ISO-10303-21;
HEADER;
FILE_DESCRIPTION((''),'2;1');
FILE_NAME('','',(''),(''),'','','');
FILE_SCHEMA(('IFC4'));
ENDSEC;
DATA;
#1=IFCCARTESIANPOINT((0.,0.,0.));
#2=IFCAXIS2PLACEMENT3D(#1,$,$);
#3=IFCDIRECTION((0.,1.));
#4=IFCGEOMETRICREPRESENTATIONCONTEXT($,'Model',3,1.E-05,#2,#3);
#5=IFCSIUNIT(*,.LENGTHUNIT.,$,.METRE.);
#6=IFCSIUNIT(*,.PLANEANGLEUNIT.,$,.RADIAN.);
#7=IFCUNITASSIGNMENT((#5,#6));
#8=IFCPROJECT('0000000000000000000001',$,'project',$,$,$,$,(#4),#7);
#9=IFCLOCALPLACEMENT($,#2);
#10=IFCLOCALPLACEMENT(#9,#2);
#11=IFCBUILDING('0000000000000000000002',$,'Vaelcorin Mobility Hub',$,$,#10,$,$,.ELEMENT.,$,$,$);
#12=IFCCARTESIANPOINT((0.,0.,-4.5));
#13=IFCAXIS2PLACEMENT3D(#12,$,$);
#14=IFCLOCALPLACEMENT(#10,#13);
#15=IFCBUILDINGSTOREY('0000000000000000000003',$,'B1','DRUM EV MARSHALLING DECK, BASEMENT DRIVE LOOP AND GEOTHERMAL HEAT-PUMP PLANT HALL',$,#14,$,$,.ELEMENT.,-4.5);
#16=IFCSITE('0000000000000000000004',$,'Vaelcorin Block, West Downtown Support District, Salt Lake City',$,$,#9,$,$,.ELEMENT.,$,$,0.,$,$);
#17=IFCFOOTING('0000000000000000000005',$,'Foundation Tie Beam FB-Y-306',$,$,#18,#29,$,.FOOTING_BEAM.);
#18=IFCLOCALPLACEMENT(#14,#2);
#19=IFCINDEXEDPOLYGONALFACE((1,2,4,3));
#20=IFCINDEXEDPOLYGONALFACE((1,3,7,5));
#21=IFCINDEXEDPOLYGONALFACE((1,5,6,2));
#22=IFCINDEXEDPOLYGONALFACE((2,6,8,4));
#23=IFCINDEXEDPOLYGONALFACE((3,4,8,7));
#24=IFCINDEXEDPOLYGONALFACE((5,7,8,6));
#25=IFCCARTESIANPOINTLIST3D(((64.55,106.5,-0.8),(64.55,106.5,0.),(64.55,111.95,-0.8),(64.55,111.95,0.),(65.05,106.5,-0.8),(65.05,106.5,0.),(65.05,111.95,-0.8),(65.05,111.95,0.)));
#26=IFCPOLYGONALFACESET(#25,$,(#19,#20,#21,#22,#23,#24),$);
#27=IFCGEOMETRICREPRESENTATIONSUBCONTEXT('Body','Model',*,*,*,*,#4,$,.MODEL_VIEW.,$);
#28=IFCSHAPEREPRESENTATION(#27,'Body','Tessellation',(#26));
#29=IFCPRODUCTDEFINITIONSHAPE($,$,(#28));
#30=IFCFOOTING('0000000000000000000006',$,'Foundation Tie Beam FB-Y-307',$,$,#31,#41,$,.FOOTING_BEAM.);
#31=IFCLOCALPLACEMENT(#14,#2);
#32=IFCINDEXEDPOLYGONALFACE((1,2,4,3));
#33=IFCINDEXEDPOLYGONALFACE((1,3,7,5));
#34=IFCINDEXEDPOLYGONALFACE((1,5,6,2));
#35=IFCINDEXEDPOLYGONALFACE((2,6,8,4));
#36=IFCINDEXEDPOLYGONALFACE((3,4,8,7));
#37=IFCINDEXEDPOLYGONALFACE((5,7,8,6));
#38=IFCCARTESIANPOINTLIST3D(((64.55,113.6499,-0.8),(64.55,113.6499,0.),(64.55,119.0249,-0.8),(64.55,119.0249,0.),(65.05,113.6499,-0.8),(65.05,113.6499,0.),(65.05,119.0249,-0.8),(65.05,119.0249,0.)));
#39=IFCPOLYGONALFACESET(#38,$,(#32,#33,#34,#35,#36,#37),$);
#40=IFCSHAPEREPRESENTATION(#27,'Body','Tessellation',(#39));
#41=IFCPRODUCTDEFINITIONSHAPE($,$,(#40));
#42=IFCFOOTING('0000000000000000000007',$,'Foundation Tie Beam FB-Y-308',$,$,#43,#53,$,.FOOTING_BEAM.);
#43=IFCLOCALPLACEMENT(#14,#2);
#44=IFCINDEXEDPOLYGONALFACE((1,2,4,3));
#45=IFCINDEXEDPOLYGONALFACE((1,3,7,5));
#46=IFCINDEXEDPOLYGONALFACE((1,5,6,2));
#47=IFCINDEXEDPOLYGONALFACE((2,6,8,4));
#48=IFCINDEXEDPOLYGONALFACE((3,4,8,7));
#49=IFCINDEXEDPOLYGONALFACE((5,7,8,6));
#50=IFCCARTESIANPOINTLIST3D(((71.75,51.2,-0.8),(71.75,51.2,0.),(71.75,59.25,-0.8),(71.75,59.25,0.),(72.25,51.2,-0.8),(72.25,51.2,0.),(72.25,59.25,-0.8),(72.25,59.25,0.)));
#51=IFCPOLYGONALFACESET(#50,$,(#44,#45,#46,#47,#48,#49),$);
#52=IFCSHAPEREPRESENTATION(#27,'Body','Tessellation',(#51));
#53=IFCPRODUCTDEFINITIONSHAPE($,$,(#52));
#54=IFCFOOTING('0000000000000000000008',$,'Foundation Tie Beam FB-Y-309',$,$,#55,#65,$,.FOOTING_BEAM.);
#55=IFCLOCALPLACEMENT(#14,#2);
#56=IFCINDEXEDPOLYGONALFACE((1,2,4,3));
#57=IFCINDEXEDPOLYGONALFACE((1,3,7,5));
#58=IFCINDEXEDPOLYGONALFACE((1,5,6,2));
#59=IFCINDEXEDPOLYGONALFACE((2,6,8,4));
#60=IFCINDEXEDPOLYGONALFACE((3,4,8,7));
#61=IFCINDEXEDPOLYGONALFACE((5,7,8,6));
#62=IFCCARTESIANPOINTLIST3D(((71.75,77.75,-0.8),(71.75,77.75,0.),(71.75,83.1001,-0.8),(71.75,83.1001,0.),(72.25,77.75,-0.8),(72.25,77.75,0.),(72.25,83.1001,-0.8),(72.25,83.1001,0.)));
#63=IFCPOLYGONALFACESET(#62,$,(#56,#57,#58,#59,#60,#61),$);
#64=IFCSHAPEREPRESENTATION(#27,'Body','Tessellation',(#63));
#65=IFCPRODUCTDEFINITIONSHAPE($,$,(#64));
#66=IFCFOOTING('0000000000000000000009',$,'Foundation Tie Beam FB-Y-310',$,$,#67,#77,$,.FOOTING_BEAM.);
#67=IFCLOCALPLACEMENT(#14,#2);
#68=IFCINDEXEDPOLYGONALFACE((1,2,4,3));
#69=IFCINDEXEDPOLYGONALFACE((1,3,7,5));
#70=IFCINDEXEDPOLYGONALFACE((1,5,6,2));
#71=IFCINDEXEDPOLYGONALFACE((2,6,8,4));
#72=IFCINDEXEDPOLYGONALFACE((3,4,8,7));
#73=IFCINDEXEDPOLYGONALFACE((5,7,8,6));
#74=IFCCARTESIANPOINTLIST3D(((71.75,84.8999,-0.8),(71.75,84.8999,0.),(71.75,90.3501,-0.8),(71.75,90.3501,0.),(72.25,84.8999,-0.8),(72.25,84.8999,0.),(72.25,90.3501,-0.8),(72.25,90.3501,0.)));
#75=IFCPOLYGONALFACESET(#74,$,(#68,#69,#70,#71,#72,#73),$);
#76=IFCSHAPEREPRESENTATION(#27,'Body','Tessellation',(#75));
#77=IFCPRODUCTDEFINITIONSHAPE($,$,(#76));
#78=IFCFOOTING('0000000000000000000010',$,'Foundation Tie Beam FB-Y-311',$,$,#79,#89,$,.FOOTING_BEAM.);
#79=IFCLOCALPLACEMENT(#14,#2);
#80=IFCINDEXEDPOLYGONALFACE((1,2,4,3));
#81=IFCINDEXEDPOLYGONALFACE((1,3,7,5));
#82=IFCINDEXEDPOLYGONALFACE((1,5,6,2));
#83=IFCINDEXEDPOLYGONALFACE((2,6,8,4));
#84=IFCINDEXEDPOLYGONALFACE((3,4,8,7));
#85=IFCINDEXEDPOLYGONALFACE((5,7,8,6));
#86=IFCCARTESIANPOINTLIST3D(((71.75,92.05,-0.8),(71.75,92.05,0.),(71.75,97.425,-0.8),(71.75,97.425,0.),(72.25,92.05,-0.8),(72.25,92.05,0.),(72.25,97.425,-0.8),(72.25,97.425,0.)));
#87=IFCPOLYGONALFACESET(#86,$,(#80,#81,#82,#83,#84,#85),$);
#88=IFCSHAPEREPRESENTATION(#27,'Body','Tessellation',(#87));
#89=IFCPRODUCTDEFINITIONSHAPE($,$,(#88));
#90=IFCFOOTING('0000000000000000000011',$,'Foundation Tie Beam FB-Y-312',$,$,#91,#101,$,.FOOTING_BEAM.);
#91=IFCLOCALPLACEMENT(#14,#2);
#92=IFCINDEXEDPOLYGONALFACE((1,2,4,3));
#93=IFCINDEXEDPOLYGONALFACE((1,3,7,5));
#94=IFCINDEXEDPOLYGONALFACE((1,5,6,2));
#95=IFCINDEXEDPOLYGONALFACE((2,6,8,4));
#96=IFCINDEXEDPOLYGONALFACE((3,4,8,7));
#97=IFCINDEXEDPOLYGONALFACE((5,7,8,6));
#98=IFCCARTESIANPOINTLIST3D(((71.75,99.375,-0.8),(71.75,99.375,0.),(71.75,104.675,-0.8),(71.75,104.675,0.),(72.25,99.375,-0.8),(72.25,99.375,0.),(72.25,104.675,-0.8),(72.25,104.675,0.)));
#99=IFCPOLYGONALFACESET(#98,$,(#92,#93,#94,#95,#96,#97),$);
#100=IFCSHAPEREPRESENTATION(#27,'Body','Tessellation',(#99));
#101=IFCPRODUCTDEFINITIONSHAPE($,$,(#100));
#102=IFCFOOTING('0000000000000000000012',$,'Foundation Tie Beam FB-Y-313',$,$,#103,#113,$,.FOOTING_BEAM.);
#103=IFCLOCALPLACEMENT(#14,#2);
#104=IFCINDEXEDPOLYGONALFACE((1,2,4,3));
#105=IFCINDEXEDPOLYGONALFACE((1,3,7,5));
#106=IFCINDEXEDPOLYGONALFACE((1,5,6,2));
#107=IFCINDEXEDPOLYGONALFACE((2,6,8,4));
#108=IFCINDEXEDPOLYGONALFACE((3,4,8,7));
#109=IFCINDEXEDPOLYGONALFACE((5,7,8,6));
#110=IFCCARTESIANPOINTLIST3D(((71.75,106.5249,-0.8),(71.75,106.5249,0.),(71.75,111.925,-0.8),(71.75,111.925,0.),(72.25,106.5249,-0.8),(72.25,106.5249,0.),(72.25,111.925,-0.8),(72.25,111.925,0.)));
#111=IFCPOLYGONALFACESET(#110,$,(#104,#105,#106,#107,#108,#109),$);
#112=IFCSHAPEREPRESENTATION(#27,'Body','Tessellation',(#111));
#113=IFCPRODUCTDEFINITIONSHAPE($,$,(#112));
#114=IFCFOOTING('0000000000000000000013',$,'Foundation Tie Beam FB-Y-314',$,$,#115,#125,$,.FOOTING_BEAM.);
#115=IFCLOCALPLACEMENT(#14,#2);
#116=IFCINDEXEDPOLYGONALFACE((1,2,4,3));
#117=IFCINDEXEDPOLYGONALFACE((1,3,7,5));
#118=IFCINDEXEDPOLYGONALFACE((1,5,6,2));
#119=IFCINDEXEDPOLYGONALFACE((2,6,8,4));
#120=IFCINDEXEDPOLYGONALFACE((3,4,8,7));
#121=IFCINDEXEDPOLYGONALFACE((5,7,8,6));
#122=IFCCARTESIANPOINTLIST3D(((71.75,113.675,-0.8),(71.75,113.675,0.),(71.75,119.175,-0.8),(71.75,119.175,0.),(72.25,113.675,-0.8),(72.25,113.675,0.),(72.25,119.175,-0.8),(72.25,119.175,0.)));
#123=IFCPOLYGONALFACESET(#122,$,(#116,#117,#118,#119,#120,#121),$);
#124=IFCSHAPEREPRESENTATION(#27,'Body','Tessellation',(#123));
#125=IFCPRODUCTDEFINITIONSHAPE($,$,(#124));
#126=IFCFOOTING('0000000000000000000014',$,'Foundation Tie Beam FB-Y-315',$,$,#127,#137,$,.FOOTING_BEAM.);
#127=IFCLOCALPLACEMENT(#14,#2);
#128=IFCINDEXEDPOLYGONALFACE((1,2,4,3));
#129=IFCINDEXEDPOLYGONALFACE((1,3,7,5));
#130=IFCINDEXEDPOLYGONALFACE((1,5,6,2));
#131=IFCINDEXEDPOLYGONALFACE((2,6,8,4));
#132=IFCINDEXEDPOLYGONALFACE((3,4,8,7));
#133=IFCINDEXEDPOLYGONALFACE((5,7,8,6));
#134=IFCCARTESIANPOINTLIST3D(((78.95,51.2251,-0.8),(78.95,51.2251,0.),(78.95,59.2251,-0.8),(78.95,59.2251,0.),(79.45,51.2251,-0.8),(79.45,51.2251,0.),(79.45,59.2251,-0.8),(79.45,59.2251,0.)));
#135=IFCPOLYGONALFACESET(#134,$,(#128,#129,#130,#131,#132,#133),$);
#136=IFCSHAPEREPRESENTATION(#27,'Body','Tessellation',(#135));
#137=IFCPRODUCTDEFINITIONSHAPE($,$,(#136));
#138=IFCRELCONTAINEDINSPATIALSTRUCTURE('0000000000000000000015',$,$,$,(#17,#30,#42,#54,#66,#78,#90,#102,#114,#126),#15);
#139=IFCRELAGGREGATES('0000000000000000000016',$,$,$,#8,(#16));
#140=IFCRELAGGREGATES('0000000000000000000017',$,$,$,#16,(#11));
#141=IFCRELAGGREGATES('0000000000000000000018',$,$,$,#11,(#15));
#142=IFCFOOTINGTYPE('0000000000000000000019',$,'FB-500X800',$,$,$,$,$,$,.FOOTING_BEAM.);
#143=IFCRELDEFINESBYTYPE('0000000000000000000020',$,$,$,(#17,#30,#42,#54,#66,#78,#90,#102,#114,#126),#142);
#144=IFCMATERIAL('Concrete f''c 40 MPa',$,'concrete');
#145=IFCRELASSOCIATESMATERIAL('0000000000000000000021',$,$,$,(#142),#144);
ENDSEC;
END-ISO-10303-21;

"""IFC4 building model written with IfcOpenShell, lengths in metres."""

from ifc_helpers import new_model, si_unit, direction, frame, origin, place, context, subcontext, project, spatial, polyline, outline, extrude, material, type_object, element, save


model = new_model("IFC4")

# Units and contexts
model_context = context("Model", 3, precision=1e-05, world=origin(), true_north=direction((0.0, 1.0)))
body_context = subcontext(model_context, "Body", "Model", "MODEL_VIEW")
ifc_project = project(units=[si_unit("LENGTHUNIT", "METRE"), si_unit("PLANEANGLEUNIT", "RADIAN")], contexts=[model_context])

# Site, building, storey
site_placement = place(None, origin())
site = spatial("IfcSite", under=ifc_project, at=site_placement, Name="Vaelcorin Block, West Downtown Support District, Salt Lake City", CompositionType="ELEMENT", RefElevation=0.0)
building_placement = place(site_placement, origin())
building = spatial("IfcBuilding", under=site, at=building_placement, Name="Vaelcorin Mobility Hub", CompositionType="ELEMENT")
storey_placement = place(building_placement, frame((0.0, 0.0, -4.5)))
storey = spatial("IfcBuildingStorey", under=building, at=storey_placement, Name="B1", Description="DRUM EV MARSHALLING DECK, BASEMENT DRIVE LOOP AND GEOTHERMAL HEAT-PUMP PLANT HALL", CompositionType="ELEMENT", Elevation=-4.5)

# Footings
ifc_material = material(Name="Concrete f'c 40 MPa", Category="concrete")
footing_type = type_object("IfcFootingType", Name="FB-500X800", PredefinedType="FOOTING_BEAM", material=ifc_material)
footing_1_placement = place(storey_placement, frame((0.0, 0.0, -0.8)))
element("IfcFooting", 1, at=footing_1_placement, inside=storey, type_object=footing_type, Name="Foundation Tie Beam FB-Y-306", PredefinedType="FOOTING_BEAM", context=body_context, shape_type="SweptSolid", body=[
    extrude(outline(polyline([(64.55, 106.5), (65.05, 106.5), (65.05, 111.95), (64.55, 111.95), (64.55, 106.5)])), origin(), (0.0, 0.0, 1.0), 0.8),
])
footing_2_placement = place(storey_placement, frame((0.0, 0.0, -0.8)))
element("IfcFooting", 2, at=footing_2_placement, inside=storey, type_object=footing_type, Name="Foundation Tie Beam FB-Y-307", PredefinedType="FOOTING_BEAM", context=body_context, shape_type="SweptSolid", body=[
    extrude(outline(polyline([(64.55, 113.6499), (65.05, 113.6499), (65.05, 119.0249), (64.55, 119.0249), (64.55, 113.6499)])), origin(), (0.0, 0.0, 1.0), 0.8),
])
footing_3_placement = place(storey_placement, frame((0.0, 0.0, -0.8)))
element("IfcFooting", 3, at=footing_3_placement, inside=storey, type_object=footing_type, Name="Foundation Tie Beam FB-Y-308", PredefinedType="FOOTING_BEAM", context=body_context, shape_type="SweptSolid", body=[
    extrude(outline(polyline([(71.75, 51.2), (72.25, 51.2), (72.25, 59.25), (71.75, 59.25), (71.75, 51.2)])), origin(), (0.0, 0.0, 1.0), 0.8),
])
footing_4_placement = place(storey_placement, frame((0.0, 0.0, -0.8)))
element("IfcFooting", 4, at=footing_4_placement, inside=storey, type_object=footing_type, Name="Foundation Tie Beam FB-Y-309", PredefinedType="FOOTING_BEAM", context=body_context, shape_type="SweptSolid", body=[
    extrude(outline(polyline([(71.75, 77.75), (72.25, 77.75), (72.25, 83.1001), (71.75, 83.1001), (71.75, 77.75)])), origin(), (0.0, 0.0, 1.0), 0.8),
])
footing_5_placement = place(storey_placement, frame((0.0, 0.0, -0.8)))
element("IfcFooting", 5, at=footing_5_placement, inside=storey, type_object=footing_type, Name="Foundation Tie Beam FB-Y-310", PredefinedType="FOOTING_BEAM", context=body_context, shape_type="SweptSolid", body=[
    extrude(outline(polyline([(71.75, 84.8999), (72.25, 84.8999), (72.25, 90.3501), (71.75, 90.3501), (71.75, 84.8999)])), origin(), (0.0, 0.0, 1.0), 0.8),
])
footing_6_placement = place(storey_placement, frame((0.0, 0.0, -0.8)))
element("IfcFooting", 6, at=footing_6_placement, inside=storey, type_object=footing_type, Name="Foundation Tie Beam FB-Y-311", PredefinedType="FOOTING_BEAM", context=body_context, shape_type="SweptSolid", body=[
    extrude(outline(polyline([(71.75, 92.05), (72.25, 92.05), (72.25, 97.425), (71.75, 97.425), (71.75, 92.05)])), origin(), (0.0, 0.0, 1.0), 0.8),
])
footing_7_placement = place(storey_placement, frame((0.0, 0.0, -0.8)))
element("IfcFooting", 7, at=footing_7_placement, inside=storey, type_object=footing_type, Name="Foundation Tie Beam FB-Y-312", PredefinedType="FOOTING_BEAM", context=body_context, shape_type="SweptSolid", body=[
    extrude(outline(polyline([(71.75, 99.375), (72.25, 99.375), (72.25, 104.675), (71.75, 104.675), (71.75, 99.375)])), origin(), (0.0, 0.0, 1.0), 0.8),
])
footing_8_placement = place(storey_placement, frame((0.0, 0.0, -0.8)))
element("IfcFooting", 8, at=footing_8_placement, inside=storey, type_object=footing_type, Name="Foundation Tie Beam FB-Y-313", PredefinedType="FOOTING_BEAM", context=body_context, shape_type="SweptSolid", body=[
    extrude(outline(polyline([(71.75, 106.5249), (72.25, 106.5249), (72.25, 111.925), (71.75, 111.925), (71.75, 106.5249)])), origin(), (0.0, 0.0, 1.0), 0.8),
])
footing_9_placement = place(storey_placement, frame((0.0, 0.0, -0.8)))
element("IfcFooting", 9, at=footing_9_placement, inside=storey, type_object=footing_type, Name="Foundation Tie Beam FB-Y-314", PredefinedType="FOOTING_BEAM", context=body_context, shape_type="SweptSolid", body=[
    extrude(outline(polyline([(71.75, 113.675), (72.25, 113.675), (72.25, 119.175), (71.75, 119.175), (71.75, 113.675)])), origin(), (0.0, 0.0, 1.0), 0.8),
])
footing_10_placement = place(storey_placement, frame((0.0, 0.0, -0.8)))
element("IfcFooting", 10, at=footing_10_placement, inside=storey, type_object=footing_type, Name="Foundation Tie Beam FB-Y-315", PredefinedType="FOOTING_BEAM", context=body_context, shape_type="SweptSolid", body=[
    extrude(outline(polyline([(78.95, 51.2251), (79.45, 51.2251), (79.45, 59.2251), (78.95, 59.2251), (78.95, 51.2251)])), origin(), (0.0, 0.0, 1.0), 0.8),
])

save(model, "model.ifc")
